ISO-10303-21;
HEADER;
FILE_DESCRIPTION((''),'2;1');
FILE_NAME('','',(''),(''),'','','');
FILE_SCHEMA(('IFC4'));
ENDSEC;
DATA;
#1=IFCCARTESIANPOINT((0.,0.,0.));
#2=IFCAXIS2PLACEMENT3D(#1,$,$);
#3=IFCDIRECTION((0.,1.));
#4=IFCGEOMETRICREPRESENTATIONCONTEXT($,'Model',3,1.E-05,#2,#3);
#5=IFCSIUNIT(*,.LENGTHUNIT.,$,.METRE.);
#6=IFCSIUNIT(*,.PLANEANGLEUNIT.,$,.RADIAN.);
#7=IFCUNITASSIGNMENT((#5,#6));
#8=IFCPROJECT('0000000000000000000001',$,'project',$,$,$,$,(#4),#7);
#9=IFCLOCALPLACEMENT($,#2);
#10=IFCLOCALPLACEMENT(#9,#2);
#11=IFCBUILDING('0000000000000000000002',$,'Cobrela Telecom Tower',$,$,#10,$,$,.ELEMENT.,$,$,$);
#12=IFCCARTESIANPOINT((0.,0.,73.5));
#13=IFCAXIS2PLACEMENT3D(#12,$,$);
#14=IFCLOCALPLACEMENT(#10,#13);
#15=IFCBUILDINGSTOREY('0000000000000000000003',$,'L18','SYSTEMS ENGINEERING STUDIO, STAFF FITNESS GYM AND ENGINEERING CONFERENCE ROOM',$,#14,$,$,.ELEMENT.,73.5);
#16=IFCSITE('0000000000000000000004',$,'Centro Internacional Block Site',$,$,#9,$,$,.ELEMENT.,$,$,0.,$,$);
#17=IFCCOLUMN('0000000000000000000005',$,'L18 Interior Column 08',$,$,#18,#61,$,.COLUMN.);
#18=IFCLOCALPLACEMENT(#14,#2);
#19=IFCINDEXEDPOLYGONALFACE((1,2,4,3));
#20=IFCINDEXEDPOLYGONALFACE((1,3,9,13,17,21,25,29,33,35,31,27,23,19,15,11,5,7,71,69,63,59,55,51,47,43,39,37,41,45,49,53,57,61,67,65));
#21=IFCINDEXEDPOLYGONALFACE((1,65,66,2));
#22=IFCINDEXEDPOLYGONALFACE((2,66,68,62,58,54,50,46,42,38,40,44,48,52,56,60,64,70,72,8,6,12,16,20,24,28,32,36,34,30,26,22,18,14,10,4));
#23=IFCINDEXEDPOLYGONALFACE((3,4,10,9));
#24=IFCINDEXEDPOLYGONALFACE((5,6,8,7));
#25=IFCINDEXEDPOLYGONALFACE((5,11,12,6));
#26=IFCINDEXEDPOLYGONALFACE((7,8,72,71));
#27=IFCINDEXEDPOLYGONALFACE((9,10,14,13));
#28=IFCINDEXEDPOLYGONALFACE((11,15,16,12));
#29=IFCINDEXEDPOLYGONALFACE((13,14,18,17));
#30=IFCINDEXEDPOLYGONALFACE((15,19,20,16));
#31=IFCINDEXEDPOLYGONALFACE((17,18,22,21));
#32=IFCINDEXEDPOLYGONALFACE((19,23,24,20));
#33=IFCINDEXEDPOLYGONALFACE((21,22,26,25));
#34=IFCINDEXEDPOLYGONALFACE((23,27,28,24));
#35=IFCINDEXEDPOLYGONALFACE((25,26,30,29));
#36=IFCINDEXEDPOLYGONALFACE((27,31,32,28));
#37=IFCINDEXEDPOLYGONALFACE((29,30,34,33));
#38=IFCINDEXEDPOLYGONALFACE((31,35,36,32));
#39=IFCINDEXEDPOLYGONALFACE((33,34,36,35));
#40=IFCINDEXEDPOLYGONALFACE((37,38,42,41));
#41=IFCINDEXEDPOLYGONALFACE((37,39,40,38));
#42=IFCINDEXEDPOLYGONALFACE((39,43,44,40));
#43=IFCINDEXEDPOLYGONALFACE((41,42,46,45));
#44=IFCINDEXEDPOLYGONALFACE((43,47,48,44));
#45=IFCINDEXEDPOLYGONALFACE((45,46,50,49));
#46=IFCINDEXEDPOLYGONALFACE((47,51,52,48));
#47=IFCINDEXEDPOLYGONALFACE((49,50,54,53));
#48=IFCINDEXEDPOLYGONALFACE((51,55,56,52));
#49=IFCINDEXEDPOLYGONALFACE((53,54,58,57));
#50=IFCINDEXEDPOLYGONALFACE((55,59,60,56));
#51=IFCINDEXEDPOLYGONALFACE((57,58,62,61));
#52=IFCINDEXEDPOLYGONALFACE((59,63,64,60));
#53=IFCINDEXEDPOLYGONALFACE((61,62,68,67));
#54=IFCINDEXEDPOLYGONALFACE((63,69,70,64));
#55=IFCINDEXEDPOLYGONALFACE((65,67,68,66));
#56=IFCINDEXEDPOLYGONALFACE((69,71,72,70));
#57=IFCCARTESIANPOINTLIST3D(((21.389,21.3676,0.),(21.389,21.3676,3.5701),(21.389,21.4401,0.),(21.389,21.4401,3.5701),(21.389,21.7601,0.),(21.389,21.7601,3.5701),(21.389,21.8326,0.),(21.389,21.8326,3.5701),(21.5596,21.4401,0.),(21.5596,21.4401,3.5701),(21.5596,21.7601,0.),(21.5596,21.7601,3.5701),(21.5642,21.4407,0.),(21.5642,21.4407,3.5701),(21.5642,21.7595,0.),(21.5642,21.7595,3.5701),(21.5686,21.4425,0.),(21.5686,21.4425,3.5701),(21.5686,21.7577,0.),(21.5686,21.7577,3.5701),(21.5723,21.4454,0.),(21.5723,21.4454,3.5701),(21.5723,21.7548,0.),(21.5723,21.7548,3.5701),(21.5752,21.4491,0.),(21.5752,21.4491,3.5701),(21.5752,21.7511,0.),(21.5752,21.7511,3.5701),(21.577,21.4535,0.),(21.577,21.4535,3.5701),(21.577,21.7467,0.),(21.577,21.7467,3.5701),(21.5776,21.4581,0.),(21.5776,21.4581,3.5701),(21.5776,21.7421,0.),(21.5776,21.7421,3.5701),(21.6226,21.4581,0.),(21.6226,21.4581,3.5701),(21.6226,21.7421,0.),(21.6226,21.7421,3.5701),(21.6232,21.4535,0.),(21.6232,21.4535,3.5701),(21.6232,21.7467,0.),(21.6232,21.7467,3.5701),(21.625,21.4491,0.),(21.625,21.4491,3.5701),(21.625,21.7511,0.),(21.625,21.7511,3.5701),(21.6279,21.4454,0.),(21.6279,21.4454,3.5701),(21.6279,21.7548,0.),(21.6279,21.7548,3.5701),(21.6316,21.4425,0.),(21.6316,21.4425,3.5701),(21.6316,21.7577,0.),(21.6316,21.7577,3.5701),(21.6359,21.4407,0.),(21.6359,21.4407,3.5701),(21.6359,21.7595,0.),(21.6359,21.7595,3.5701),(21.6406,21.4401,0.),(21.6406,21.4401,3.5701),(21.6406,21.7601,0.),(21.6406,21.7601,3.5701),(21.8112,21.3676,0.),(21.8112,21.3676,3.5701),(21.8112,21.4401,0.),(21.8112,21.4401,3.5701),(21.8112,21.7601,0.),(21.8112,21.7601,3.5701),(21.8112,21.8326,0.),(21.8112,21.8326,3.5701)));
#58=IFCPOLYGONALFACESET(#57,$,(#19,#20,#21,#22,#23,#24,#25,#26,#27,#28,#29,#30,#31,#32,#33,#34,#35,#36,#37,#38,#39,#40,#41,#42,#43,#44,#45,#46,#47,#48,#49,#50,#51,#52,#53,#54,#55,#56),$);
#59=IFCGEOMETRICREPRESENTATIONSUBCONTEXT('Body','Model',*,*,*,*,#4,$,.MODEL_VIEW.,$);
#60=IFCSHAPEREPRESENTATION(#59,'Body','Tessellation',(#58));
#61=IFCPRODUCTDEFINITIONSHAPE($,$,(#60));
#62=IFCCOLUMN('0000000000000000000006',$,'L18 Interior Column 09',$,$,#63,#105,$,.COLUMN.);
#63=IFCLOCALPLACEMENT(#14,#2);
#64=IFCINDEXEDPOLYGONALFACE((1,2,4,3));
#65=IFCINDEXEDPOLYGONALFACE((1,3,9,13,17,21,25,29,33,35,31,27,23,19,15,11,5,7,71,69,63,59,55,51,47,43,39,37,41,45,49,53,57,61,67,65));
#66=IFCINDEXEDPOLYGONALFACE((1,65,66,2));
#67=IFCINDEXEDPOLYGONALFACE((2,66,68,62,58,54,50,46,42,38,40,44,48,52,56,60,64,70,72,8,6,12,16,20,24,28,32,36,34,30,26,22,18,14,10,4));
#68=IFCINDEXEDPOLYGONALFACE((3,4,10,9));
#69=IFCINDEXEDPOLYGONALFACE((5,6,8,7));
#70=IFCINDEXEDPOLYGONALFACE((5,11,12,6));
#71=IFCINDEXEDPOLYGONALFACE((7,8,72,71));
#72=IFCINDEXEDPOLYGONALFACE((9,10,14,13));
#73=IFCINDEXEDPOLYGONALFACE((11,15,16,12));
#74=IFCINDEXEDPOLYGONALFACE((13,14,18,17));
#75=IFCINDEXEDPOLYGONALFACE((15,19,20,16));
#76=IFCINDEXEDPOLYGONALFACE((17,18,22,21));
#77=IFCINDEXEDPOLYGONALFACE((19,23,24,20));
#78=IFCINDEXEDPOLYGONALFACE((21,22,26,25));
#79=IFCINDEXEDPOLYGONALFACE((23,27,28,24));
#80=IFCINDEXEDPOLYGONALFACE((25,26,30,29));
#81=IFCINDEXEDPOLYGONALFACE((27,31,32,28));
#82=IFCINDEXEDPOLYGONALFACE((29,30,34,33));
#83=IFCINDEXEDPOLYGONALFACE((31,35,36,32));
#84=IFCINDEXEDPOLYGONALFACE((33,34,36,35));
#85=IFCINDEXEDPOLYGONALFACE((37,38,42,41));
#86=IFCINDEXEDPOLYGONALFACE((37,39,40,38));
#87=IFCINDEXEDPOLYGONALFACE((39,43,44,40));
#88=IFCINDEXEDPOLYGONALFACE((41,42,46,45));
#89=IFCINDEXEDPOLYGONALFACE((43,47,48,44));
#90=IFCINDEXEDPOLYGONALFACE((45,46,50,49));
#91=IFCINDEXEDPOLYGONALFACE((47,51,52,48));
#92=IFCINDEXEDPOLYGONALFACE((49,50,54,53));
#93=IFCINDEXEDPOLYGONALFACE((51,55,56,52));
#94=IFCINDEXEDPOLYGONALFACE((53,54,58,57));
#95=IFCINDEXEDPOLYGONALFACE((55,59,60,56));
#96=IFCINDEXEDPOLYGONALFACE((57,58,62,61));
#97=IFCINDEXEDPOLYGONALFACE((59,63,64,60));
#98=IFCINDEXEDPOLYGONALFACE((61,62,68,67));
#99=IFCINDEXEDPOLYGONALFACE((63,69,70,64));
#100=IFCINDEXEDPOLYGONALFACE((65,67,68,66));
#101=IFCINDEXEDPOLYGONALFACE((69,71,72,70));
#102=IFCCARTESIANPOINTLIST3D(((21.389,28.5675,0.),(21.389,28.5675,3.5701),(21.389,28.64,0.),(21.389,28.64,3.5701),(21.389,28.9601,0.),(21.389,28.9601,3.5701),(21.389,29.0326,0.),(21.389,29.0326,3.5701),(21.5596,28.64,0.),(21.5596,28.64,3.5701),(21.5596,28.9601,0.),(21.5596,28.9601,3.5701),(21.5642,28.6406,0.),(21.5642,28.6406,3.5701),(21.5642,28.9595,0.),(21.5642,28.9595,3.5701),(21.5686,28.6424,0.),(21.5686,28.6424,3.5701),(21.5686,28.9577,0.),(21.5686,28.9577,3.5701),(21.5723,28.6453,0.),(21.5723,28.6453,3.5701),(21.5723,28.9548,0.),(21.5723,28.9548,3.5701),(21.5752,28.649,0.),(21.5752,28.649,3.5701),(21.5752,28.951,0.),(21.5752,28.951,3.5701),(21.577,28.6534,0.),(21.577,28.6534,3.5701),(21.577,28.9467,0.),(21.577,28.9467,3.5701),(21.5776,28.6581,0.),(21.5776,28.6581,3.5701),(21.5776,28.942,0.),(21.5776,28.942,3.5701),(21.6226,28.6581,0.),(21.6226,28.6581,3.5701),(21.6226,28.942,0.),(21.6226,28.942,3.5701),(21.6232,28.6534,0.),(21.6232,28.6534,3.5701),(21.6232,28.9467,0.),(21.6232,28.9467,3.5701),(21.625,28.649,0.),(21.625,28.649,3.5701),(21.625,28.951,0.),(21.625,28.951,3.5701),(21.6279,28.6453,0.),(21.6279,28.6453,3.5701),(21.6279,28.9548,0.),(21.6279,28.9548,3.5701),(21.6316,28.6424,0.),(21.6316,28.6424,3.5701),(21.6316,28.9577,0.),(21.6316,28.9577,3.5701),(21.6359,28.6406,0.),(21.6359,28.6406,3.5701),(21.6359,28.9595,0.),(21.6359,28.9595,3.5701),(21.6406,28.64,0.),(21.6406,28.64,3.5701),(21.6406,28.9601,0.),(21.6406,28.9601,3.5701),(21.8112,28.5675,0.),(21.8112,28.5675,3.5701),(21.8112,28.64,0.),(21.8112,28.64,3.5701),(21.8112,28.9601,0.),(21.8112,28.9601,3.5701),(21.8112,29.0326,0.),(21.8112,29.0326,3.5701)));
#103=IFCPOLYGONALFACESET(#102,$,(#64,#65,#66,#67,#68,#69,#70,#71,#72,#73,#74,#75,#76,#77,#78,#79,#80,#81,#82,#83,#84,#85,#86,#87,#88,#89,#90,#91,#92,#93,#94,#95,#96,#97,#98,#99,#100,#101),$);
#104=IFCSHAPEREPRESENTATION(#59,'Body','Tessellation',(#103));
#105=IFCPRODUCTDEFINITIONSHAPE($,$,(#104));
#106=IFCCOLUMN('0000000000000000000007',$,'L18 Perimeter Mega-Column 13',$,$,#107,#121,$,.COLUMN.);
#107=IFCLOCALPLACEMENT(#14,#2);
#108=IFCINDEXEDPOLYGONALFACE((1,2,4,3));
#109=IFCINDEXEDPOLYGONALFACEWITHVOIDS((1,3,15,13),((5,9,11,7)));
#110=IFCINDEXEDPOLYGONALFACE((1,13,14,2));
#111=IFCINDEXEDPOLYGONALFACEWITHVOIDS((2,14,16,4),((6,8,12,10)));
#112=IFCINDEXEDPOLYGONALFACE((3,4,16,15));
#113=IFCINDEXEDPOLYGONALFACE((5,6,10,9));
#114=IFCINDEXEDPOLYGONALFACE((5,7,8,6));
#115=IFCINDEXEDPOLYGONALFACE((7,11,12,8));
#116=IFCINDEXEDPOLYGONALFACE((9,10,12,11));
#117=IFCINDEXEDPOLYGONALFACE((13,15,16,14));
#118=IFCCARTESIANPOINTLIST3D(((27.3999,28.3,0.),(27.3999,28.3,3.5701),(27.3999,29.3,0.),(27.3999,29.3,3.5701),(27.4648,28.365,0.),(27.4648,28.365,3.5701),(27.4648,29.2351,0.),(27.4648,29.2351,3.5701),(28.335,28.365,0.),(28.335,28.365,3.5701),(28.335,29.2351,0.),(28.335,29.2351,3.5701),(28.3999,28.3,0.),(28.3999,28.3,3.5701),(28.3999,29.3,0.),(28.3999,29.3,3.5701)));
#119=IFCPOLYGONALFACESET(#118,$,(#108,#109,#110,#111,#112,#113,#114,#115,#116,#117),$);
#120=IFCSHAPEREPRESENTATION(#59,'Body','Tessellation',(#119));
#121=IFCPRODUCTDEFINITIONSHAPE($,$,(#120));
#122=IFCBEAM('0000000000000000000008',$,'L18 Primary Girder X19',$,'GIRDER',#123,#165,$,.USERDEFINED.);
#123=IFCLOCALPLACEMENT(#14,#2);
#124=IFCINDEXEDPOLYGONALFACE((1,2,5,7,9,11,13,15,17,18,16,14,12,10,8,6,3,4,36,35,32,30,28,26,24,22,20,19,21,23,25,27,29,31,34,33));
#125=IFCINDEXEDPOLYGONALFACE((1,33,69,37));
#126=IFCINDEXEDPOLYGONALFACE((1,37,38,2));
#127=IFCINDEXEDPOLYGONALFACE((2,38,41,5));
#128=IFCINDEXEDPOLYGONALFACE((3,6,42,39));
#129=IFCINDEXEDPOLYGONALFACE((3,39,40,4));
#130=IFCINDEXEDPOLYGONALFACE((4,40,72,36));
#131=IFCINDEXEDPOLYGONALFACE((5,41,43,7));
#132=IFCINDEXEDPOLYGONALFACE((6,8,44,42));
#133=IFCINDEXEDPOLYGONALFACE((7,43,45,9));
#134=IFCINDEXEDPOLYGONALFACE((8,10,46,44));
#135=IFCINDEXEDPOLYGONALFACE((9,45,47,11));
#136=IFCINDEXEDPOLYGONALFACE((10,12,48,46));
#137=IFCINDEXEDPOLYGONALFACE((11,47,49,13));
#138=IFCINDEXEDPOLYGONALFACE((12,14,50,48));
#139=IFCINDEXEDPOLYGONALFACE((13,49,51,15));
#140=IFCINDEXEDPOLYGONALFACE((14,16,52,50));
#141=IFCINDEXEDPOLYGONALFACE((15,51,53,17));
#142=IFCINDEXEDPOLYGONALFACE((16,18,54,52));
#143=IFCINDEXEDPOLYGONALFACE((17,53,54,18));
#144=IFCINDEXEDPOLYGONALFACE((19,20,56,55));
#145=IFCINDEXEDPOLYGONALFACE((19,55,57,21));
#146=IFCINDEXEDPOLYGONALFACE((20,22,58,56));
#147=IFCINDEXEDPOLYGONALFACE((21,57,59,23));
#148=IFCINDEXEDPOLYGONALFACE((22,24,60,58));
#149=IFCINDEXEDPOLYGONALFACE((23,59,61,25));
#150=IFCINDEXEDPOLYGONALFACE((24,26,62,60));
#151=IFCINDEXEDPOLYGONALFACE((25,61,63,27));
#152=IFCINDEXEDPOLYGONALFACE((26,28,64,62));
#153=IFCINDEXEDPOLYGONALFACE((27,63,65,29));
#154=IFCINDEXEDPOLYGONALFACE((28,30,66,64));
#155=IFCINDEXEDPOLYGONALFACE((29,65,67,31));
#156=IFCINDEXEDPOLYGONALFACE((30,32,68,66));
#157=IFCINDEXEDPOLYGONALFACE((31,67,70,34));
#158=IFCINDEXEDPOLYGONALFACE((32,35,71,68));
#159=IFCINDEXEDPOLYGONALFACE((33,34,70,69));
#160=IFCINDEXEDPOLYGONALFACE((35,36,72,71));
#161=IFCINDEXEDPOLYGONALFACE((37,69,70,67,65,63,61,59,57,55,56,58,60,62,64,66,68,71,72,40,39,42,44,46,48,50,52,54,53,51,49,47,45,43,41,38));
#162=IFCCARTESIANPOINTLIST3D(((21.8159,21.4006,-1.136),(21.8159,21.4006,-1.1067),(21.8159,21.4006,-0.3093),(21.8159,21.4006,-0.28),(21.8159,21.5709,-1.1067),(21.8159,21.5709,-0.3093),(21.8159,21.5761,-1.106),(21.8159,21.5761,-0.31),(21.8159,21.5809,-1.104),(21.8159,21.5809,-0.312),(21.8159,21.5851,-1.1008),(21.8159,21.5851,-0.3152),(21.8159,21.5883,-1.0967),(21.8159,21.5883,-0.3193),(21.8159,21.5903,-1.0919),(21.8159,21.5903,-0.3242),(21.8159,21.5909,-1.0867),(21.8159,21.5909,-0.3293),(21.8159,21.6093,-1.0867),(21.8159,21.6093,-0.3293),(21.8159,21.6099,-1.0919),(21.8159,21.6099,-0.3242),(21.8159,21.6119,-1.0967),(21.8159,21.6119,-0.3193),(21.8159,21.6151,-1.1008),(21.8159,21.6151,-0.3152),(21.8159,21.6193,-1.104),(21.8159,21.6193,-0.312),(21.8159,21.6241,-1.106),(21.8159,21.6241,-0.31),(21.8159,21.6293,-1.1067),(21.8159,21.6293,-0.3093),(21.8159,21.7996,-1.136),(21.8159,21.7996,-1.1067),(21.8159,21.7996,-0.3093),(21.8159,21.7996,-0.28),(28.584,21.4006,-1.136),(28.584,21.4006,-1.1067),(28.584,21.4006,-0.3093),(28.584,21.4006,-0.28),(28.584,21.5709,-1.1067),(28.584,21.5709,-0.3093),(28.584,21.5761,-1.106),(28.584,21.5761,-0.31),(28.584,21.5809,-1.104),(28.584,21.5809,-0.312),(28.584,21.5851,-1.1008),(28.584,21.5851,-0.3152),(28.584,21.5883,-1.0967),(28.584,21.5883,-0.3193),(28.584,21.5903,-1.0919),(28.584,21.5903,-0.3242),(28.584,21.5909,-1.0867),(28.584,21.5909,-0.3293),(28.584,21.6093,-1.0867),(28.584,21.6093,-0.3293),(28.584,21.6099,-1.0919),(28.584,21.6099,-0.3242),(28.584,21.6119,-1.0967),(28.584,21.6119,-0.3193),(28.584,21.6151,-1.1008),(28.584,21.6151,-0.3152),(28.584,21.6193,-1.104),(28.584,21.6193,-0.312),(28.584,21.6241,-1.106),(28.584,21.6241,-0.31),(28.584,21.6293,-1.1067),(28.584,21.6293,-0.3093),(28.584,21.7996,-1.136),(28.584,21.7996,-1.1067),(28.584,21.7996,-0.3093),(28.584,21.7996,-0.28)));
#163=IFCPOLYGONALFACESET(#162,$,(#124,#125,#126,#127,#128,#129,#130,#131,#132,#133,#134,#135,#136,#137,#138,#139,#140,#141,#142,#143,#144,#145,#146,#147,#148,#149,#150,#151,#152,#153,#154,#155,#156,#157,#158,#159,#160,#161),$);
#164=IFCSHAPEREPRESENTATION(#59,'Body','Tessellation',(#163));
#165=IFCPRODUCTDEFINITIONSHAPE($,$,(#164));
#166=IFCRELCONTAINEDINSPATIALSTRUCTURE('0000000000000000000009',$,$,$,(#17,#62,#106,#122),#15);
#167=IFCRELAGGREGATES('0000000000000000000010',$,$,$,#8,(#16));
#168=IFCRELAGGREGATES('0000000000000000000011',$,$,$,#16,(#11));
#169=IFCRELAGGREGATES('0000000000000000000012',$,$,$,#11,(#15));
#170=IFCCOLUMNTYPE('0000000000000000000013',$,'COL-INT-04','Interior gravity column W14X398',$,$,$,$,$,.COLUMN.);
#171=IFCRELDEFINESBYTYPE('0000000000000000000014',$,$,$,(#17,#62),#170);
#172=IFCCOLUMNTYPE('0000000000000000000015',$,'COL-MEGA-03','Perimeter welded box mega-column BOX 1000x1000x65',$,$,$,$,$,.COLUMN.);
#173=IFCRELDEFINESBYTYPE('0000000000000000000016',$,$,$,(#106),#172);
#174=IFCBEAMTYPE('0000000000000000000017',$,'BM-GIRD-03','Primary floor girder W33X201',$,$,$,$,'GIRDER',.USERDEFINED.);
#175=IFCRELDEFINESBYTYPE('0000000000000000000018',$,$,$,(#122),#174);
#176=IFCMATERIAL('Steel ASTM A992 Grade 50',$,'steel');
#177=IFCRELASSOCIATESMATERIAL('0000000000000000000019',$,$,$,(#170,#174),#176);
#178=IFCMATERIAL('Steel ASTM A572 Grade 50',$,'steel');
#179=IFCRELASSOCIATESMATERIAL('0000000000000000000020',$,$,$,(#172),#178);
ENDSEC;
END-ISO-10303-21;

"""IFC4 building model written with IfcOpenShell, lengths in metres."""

from ifc_helpers import new_model, si_unit, direction, frame, origin, origin_2d, place, context, subcontext, project, spatial, hollow_rectangle, i_section, extrude, material, material_profile, profile_set, type_object, element, save


model = new_model("IFC4")

# Units and contexts
model_context = context("Model", 3, precision=1e-05, world=origin(), true_north=direction((0.0, 1.0)))
body_context = subcontext(model_context, "Body", "Model", "MODEL_VIEW")
ifc_project = project(units=[si_unit("LENGTHUNIT", "METRE"), si_unit("PLANEANGLEUNIT", "RADIAN")], contexts=[model_context])

# Site, building, storey
site_placement = place(None, origin())
site = spatial("IfcSite", under=ifc_project, at=site_placement, Name="Centro Internacional Block Site", CompositionType="ELEMENT", RefElevation=0.0)
building_placement = place(site_placement, origin())
building = spatial("IfcBuilding", under=site, at=building_placement, Name="Cobrela Telecom Tower", CompositionType="ELEMENT")
storey_placement = place(building_placement, frame((0.0, 0.0, 73.5)))
storey = spatial("IfcBuildingStorey", under=building, at=storey_placement, Name="L18", Description="SYSTEMS ENGINEERING STUDIO, STAFF FITNESS GYM AND ENGINEERING CONFERENCE ROOM", CompositionType="ELEMENT", Elevation=73.5)

# Columns
ifc_material_1 = material(Name="Steel ASTM A992 Grade 50", Category="steel")
ifc_material_profile_1 = material_profile(ifc_material_1, i_section(OverallWidth=0.4221, OverallDepth=0.4651, WebThickness=0.0449, FlangeThickness=0.0725, FilletRadius=0.0181, at=origin_2d()), Name="W14X398")
ifc_profile_set_1 = profile_set([ifc_material_profile_1], Name="Steel ASTM A992 Grade 50")
column_type_1 = type_object("IfcColumnType", Name="COL-INT-04", Description="Interior gravity column W14X398", PredefinedType="COLUMN", material=ifc_profile_set_1)
for number, where, z_axis, x_axis, name in (
    (1, (21.6001, 21.6001, 0.0), (0.0, 0.0, 1.0), (1.0, 0.0, 0.0), "L18 Interior Column 08"),
    (2, (21.6001, 28.8, 0.0), (0.0, 0.0, 1.0), (1.0, 0.0, 0.0), "L18 Interior Column 09"),
):
    element("IfcColumn", number, at=place(storey_placement, frame(where, z_axis=z_axis, x_axis=x_axis)), inside=storey, type_object=column_type_1, Name=name, PredefinedType="COLUMN", context=body_context, shape_type="SweptSolid", body=[
        extrude(i_section(OverallWidth=0.4221, OverallDepth=0.4651, WebThickness=0.0449, FlangeThickness=0.0725, FilletRadius=0.0181, at=origin_2d()), origin(), (0.0, 0.0, 1.0), 3.5701),
    ])
ifc_material_2 = material(Name="Steel ASTM A572 Grade 50", Category="steel")
ifc_material_profile_2 = material_profile(ifc_material_2, hollow_rectangle(XDim=1.0, YDim=1.0, WallThickness=0.0649, at=origin_2d()), Name="BOX 1000x1000x65")
ifc_profile_set_2 = profile_set([ifc_material_profile_2], Name="Steel ASTM A572 Grade 50")
column_type_2 = type_object("IfcColumnType", Name="COL-MEGA-03", Description="Perimeter welded box mega-column BOX 1000x1000x65", PredefinedType="COLUMN", material=ifc_profile_set_2)
column_placement = place(storey_placement, frame((27.8999, 28.8, 0.0), z_axis=(0.0, 0.0, 1.0), x_axis=(1.0, 0.0, 0.0)))
element("IfcColumn", 3, at=column_placement, inside=storey, type_object=column_type_2, Name="L18 Perimeter Mega-Column 13", PredefinedType="COLUMN", context=body_context, shape_type="SweptSolid", body=[
    extrude(hollow_rectangle(XDim=1.0, YDim=1.0, WallThickness=0.0649, at=origin_2d()), origin(), (0.0, 0.0, 1.0), 3.5701),
])

# Beam
ifc_material_profile_3 = material_profile(ifc_material_1, i_section(OverallWidth=0.3989, OverallDepth=0.856, WebThickness=0.0183, FlangeThickness=0.0293, FilletRadius=0.02, at=origin_2d()), Name="W33X201")
ifc_profile_set_3 = profile_set([ifc_material_profile_3], Name="Steel ASTM A992 Grade 50")
beam_type_1 = type_object("IfcBeamType", Name="BM-GIRD-03", Description="Primary floor girder W33X201", ElementType="GIRDER", PredefinedType="USERDEFINED", material=ifc_profile_set_3)
beam_1_placement = place(storey_placement, frame((21.8159, 21.6001, -0.708), z_axis=(1.0, 0.0, 0.0), x_axis=(0.0, 1.0, 0.0)))
element("IfcBeam", 4, at=beam_1_placement, inside=storey, type_object=beam_type_1, Name="L18 Primary Girder X19", ObjectType="GIRDER", PredefinedType="USERDEFINED", context=body_context, shape_type="SweptSolid", body=[
    extrude(i_section(OverallWidth=0.3989, OverallDepth=0.856, WebThickness=0.0183, FlangeThickness=0.0293, FilletRadius=0.02, at=origin_2d()), origin(), (0.0, 0.0, 1.0), 6.7681),
])

save(model, "model.ifc")
